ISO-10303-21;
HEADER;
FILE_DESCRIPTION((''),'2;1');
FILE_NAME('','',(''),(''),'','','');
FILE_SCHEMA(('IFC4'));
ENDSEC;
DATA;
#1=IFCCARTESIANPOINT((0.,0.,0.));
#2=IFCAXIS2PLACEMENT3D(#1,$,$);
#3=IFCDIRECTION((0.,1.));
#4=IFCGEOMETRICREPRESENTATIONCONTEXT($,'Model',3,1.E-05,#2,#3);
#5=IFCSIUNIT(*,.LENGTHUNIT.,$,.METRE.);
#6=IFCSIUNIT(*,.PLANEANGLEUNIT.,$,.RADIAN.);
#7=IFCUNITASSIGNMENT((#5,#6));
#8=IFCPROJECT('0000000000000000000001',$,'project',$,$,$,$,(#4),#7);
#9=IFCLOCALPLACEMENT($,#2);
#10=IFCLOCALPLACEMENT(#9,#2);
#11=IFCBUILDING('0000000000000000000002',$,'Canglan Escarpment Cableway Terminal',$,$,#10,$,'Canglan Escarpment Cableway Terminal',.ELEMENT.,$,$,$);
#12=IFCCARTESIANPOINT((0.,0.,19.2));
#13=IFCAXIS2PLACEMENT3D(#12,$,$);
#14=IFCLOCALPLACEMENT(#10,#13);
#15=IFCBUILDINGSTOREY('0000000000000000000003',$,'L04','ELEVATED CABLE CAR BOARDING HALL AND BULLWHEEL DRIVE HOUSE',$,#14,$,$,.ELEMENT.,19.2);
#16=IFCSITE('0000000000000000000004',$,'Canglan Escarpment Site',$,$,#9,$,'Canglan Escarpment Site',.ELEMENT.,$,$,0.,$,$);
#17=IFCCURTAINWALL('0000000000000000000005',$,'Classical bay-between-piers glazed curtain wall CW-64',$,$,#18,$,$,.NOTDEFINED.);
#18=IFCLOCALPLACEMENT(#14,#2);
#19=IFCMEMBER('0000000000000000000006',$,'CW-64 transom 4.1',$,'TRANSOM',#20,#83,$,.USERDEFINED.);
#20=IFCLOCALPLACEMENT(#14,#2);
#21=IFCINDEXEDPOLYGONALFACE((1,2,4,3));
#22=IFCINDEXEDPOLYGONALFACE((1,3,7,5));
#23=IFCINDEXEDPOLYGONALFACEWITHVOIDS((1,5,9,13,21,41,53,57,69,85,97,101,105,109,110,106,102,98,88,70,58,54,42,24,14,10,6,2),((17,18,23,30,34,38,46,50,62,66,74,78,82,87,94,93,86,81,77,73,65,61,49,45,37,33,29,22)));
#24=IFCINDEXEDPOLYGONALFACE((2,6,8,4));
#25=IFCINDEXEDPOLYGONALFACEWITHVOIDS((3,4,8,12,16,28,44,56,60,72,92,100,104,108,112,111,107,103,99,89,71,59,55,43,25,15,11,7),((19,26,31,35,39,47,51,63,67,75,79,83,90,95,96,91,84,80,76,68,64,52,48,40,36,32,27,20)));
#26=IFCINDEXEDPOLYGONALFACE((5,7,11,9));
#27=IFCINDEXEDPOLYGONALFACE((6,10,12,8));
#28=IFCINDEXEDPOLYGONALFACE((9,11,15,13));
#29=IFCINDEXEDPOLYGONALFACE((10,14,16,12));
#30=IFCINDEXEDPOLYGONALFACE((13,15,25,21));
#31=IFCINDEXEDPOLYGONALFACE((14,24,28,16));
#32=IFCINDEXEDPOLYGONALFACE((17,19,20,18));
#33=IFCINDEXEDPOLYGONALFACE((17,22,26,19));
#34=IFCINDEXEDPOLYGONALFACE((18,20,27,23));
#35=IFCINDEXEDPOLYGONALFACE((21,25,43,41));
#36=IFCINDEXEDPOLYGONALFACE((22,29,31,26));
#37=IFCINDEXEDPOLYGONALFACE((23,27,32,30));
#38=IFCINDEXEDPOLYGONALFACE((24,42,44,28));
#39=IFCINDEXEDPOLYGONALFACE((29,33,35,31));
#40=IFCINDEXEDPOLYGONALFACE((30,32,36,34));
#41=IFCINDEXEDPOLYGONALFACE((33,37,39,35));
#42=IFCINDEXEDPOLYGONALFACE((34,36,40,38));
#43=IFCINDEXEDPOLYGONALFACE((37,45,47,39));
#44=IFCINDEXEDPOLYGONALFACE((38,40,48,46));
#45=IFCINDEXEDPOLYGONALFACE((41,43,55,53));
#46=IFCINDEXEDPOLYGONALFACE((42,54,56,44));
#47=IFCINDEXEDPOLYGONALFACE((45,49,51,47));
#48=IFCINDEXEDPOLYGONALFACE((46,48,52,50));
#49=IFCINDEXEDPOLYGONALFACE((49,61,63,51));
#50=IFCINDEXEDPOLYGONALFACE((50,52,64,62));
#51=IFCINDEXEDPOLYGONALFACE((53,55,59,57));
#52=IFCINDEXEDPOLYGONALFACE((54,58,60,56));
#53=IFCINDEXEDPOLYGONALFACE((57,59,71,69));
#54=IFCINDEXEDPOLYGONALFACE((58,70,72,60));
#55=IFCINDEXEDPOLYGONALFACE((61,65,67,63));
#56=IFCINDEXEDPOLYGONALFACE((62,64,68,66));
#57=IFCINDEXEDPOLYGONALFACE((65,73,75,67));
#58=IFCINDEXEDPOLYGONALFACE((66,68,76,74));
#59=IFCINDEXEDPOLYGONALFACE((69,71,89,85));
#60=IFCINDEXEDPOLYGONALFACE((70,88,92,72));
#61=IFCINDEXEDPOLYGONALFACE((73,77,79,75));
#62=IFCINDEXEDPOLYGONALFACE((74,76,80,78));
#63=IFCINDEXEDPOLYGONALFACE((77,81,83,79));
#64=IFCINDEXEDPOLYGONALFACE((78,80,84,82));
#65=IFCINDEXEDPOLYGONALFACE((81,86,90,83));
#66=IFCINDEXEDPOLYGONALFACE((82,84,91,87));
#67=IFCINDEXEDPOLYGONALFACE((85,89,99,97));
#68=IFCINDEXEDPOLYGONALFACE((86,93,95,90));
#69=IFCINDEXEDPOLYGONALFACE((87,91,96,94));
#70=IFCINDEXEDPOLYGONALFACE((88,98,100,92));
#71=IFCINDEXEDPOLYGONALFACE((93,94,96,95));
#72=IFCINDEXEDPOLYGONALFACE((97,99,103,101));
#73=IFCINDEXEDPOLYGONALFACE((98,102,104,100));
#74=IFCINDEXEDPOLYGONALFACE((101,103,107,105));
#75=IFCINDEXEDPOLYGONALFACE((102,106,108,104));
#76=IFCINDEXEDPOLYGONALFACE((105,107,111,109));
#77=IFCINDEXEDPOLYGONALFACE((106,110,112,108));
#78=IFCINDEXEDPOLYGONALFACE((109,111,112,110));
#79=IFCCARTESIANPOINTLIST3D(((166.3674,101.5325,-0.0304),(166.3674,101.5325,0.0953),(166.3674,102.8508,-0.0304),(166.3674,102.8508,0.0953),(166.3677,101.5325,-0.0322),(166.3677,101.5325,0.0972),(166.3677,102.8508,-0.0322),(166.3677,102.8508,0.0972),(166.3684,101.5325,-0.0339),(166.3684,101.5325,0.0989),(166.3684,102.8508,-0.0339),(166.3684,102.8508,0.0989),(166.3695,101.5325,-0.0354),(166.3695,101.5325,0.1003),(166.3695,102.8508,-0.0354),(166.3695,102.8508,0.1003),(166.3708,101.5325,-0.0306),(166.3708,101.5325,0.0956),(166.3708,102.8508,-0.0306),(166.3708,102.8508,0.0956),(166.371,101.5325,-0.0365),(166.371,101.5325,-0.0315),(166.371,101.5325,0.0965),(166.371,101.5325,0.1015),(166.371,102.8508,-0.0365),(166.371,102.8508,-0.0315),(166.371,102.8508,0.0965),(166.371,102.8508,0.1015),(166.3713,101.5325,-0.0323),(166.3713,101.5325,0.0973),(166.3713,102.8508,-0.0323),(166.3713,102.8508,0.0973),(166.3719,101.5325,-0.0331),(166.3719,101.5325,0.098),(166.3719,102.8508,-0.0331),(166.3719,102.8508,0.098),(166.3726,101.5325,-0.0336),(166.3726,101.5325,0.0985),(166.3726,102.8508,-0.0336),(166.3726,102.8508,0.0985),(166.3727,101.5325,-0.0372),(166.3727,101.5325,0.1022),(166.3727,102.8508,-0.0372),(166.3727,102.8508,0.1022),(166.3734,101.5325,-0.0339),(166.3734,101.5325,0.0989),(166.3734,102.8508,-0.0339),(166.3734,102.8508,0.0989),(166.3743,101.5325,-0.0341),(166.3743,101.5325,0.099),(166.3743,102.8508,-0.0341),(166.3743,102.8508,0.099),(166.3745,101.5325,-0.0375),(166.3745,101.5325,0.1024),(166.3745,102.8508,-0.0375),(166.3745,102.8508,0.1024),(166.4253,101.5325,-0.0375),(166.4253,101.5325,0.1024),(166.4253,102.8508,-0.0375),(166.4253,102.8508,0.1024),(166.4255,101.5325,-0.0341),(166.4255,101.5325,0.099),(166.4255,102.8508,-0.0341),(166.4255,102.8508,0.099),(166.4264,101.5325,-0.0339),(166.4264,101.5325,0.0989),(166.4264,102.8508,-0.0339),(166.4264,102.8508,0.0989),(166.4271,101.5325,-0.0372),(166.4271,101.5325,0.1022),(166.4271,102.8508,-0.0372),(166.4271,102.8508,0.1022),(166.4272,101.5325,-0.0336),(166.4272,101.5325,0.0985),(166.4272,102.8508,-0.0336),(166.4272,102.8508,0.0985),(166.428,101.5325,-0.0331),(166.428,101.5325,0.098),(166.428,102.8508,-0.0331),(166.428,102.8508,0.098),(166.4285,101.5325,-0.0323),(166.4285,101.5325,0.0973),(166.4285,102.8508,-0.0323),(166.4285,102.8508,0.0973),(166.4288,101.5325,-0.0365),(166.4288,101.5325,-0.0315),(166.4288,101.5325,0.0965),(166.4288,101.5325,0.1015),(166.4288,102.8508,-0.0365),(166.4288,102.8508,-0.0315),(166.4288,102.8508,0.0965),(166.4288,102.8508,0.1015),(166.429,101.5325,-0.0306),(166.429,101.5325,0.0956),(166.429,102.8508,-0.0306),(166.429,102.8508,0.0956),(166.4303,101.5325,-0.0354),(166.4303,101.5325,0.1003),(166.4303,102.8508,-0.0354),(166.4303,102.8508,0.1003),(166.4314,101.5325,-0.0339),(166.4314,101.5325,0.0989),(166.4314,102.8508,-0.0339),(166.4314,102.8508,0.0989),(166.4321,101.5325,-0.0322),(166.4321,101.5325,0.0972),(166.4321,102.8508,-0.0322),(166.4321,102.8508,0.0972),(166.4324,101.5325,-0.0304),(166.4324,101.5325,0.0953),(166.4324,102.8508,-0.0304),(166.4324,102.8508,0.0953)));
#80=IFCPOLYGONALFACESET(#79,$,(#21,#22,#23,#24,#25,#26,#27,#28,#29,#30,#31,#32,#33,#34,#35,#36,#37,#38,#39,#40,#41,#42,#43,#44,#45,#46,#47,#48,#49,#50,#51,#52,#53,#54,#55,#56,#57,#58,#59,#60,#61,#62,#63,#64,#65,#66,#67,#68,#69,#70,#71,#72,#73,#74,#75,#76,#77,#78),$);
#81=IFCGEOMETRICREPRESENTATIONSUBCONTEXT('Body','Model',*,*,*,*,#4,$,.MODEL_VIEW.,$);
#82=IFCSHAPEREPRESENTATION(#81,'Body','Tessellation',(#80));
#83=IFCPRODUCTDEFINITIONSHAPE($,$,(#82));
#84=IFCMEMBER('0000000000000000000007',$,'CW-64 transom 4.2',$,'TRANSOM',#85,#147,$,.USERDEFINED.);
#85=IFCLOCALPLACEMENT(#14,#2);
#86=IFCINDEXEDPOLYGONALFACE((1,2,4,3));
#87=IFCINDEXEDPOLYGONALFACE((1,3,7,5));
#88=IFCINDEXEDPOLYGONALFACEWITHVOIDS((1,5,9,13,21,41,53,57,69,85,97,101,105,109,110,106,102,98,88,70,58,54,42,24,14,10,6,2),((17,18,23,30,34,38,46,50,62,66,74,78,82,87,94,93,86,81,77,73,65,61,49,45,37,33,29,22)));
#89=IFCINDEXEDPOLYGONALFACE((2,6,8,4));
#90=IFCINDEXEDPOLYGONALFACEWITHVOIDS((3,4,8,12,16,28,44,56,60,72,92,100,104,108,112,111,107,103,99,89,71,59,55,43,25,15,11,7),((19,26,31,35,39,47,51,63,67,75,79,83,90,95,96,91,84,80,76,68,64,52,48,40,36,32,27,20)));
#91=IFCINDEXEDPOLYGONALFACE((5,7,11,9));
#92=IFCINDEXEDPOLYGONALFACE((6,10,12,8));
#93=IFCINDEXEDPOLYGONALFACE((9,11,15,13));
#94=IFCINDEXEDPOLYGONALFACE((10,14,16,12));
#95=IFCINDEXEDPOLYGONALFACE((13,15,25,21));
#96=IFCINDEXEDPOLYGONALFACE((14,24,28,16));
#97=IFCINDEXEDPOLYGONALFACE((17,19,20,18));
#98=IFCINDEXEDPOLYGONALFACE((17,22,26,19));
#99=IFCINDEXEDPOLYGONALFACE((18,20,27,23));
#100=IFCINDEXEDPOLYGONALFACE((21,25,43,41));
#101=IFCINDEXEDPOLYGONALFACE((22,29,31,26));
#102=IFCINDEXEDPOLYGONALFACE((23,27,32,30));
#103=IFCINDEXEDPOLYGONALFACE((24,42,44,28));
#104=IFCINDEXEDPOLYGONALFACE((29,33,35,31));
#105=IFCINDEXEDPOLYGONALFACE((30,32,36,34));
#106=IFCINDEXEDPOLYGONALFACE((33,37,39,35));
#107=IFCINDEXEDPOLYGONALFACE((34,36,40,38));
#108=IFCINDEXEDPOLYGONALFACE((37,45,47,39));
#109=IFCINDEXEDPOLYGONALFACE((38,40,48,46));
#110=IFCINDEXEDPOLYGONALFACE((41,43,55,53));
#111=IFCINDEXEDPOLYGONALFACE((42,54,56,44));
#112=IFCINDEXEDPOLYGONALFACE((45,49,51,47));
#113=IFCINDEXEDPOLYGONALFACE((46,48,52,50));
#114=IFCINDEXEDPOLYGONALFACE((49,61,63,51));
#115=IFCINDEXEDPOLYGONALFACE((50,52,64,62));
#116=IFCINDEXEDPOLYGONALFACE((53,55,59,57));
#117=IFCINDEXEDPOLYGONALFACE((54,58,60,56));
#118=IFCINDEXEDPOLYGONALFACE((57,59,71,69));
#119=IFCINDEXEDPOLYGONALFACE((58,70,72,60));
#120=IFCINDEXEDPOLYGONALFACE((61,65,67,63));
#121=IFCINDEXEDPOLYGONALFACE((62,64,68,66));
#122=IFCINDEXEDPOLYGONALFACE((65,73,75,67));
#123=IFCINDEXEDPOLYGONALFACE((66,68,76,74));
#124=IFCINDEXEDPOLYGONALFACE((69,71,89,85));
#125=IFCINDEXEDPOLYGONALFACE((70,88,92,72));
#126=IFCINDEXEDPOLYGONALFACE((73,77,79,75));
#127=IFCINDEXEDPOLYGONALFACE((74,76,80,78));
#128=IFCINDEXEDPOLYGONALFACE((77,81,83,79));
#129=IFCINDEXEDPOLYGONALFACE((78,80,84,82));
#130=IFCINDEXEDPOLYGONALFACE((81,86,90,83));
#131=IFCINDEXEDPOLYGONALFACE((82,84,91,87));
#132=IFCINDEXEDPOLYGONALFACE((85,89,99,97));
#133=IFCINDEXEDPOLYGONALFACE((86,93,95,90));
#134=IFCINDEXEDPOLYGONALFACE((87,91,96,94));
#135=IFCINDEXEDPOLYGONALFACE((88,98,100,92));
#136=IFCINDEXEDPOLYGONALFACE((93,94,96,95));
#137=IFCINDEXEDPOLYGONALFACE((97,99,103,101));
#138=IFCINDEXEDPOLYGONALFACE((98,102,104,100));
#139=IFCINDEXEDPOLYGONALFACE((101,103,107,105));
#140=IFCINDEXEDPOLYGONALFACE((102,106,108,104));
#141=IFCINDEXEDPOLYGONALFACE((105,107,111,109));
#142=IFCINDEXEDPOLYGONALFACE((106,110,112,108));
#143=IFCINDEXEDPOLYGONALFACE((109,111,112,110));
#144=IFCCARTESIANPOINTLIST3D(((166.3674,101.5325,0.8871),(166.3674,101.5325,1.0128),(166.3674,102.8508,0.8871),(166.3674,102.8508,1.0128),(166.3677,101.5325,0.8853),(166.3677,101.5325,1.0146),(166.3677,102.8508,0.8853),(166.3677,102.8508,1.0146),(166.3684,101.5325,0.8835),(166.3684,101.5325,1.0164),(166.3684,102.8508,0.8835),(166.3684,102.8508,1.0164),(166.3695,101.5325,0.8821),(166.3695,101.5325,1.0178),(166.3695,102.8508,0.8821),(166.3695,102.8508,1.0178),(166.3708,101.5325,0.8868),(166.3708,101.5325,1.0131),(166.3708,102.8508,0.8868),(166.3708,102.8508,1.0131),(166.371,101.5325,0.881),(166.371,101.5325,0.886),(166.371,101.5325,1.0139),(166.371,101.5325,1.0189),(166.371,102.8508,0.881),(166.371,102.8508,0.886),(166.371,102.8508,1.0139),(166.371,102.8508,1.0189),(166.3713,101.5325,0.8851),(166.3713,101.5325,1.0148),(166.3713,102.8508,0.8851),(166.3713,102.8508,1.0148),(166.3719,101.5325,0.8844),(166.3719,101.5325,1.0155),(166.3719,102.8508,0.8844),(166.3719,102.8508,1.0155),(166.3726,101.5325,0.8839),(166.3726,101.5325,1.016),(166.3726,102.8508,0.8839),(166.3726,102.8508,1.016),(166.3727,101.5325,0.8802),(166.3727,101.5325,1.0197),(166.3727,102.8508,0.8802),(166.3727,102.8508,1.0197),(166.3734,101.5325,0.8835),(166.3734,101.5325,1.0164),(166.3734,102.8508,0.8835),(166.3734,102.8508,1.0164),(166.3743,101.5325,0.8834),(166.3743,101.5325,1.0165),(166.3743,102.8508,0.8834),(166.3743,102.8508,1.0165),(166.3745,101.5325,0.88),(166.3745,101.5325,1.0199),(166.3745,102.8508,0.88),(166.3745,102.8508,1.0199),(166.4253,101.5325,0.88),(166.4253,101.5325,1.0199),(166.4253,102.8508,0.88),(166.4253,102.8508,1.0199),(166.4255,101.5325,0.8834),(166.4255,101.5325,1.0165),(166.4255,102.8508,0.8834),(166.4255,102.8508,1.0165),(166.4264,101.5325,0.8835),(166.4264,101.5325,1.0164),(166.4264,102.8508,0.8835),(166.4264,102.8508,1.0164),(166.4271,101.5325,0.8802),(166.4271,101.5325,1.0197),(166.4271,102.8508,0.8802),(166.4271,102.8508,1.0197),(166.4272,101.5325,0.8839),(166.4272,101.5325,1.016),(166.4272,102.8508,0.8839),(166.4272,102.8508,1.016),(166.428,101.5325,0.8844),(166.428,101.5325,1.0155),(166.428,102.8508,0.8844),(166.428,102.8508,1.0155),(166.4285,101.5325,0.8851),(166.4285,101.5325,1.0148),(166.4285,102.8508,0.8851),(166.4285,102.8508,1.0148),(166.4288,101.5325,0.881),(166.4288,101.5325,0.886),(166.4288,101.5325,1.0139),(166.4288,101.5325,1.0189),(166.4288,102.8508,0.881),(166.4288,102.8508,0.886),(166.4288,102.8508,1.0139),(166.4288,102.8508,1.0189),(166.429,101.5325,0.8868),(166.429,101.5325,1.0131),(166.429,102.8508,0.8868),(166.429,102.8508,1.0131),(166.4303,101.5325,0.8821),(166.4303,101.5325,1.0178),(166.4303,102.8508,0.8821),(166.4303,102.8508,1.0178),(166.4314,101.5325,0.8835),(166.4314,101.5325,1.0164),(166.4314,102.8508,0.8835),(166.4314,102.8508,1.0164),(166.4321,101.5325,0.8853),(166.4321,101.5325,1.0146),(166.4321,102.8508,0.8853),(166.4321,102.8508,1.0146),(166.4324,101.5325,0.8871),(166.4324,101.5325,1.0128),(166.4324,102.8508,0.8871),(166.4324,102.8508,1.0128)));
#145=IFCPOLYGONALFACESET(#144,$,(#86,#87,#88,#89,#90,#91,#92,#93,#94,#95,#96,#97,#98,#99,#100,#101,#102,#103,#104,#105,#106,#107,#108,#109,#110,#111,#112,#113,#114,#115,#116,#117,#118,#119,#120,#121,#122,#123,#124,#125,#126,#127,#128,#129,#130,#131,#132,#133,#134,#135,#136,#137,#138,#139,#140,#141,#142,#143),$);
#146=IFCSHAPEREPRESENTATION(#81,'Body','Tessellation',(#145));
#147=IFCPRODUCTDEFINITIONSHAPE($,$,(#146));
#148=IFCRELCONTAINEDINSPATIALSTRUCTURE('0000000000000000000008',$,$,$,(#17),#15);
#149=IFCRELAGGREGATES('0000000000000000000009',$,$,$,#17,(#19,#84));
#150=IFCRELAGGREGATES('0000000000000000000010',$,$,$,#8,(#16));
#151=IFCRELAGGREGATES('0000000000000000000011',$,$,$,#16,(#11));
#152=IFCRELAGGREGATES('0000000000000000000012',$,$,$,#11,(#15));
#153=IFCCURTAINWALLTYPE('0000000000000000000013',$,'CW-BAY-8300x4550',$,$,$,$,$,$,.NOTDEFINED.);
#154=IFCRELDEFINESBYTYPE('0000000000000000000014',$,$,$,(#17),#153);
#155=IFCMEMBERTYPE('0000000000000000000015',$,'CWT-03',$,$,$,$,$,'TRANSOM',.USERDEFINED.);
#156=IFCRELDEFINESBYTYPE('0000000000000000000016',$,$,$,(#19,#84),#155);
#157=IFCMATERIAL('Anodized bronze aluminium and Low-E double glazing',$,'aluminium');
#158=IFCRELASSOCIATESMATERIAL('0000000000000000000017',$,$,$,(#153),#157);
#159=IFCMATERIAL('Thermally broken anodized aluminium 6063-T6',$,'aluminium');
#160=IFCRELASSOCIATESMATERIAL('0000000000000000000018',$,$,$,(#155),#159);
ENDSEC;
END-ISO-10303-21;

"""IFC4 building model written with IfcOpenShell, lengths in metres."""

from ifc_helpers import new_model, si_unit, direction, frame, origin, origin_2d, place, context, subcontext, project, spatial, hollow_rectangle, extrude, material, material_profile, profile_set, type_object, element, aggregate, save


model = new_model("IFC4")

# Units and contexts
model_context = context("Model", 3, precision=1e-05, world=origin(), true_north=direction((0.0, 1.0)))
body_context = subcontext(model_context, "Body", "Model", "MODEL_VIEW")
ifc_project = project(units=[si_unit("LENGTHUNIT", "METRE"), si_unit("PLANEANGLEUNIT", "RADIAN")], contexts=[model_context])

# Site, building, storey
site_placement = place(None, origin())
site = spatial("IfcSite", under=ifc_project, at=site_placement, Name="Canglan Escarpment Site", LongName="Canglan Escarpment Site", CompositionType="ELEMENT", RefElevation=0.0)
building_placement = place(site_placement, origin())
building = spatial("IfcBuilding", under=site, at=building_placement, Name="Canglan Escarpment Cableway Terminal", LongName="Canglan Escarpment Cableway Terminal", CompositionType="ELEMENT")
storey_placement = place(building_placement, frame((0.0, 0.0, 19.2)))
storey = spatial("IfcBuildingStorey", under=building, at=storey_placement, Name="L04", Description="ELEVATED CABLE CAR BOARDING HALL AND BULLWHEEL DRIVE HOUSE", CompositionType="ELEMENT", Elevation=19.2)

# Curtain wall, members
ifc_material_1 = material(Name="Anodized bronze aluminium and Low-E double glazing", Category="aluminium")
curtain_wall_type = type_object("IfcCurtainWallType", Name="CW-BAY-8300x4550", PredefinedType="NOTDEFINED", material=ifc_material_1)
curtain_wall_placement = place(storey_placement, origin())
curtain_wall = element("IfcCurtainWall", 1, at=curtain_wall_placement, inside=storey, type_object=curtain_wall_type, Name="Classical bay-between-piers glazed curtain wall CW-64", PredefinedType="NOTDEFINED")
ifc_material_2 = material(Name="Thermally broken anodized aluminium 6063-T6", Category="aluminium")
ifc_material_profile_1 = material_profile(ifc_material_2, hollow_rectangle(XDim=0.0649, YDim=0.1399, WallThickness=0.0034, InnerFilletRadius=0.0034, OuterFilletRadius=0.0071, at=origin_2d()), Name="ALU-TRAN 65x140x3.5")
ifc_profile_set_1 = profile_set([ifc_material_profile_1], Name="Thermally broken anodized aluminium 6063-T6")
member_type_1 = type_object("IfcMemberType", Name="CWT-03", ElementType="TRANSOM", PredefinedType="USERDEFINED", material=ifc_profile_set_1)
member_1_placement = place(storey_placement, frame((166.3999, 101.5325, 0.0325), z_axis=(0.0, 1.0, 0.0), x_axis=(-1.0, 0.0, 0.0)))
member_1 = element("IfcMember", 2, at=member_1_placement, type_object=member_type_1, Name="CW-64 transom 4.1", ObjectType="TRANSOM", PredefinedType="USERDEFINED", context=body_context, shape_type="SweptSolid", body=[
    extrude(hollow_rectangle(XDim=0.0649, YDim=0.1399, WallThickness=0.0034, InnerFilletRadius=0.0034, OuterFilletRadius=0.0071, at=origin_2d()), origin(), (0.0, 0.0, 1.0), 1.3184),
])
member_2_placement = place(storey_placement, frame((166.3999, 101.5325, 0.95), z_axis=(0.0, 1.0, 0.0), x_axis=(-1.0, 0.0, 0.0)))
member_2 = element("IfcMember", 3, at=member_2_placement, type_object=member_type_1, Name="CW-64 transom 4.2", ObjectType="TRANSOM", PredefinedType="USERDEFINED", context=body_context, shape_type="SweptSolid", body=[
    extrude(hollow_rectangle(XDim=0.0649, YDim=0.1399, WallThickness=0.0034, InnerFilletRadius=0.0034, OuterFilletRadius=0.0071, at=origin_2d()), origin(), (0.0, 0.0, 1.0), 1.3184),
])
aggregate(curtain_wall, [member_1, member_2])

save(model, "model.ifc")
